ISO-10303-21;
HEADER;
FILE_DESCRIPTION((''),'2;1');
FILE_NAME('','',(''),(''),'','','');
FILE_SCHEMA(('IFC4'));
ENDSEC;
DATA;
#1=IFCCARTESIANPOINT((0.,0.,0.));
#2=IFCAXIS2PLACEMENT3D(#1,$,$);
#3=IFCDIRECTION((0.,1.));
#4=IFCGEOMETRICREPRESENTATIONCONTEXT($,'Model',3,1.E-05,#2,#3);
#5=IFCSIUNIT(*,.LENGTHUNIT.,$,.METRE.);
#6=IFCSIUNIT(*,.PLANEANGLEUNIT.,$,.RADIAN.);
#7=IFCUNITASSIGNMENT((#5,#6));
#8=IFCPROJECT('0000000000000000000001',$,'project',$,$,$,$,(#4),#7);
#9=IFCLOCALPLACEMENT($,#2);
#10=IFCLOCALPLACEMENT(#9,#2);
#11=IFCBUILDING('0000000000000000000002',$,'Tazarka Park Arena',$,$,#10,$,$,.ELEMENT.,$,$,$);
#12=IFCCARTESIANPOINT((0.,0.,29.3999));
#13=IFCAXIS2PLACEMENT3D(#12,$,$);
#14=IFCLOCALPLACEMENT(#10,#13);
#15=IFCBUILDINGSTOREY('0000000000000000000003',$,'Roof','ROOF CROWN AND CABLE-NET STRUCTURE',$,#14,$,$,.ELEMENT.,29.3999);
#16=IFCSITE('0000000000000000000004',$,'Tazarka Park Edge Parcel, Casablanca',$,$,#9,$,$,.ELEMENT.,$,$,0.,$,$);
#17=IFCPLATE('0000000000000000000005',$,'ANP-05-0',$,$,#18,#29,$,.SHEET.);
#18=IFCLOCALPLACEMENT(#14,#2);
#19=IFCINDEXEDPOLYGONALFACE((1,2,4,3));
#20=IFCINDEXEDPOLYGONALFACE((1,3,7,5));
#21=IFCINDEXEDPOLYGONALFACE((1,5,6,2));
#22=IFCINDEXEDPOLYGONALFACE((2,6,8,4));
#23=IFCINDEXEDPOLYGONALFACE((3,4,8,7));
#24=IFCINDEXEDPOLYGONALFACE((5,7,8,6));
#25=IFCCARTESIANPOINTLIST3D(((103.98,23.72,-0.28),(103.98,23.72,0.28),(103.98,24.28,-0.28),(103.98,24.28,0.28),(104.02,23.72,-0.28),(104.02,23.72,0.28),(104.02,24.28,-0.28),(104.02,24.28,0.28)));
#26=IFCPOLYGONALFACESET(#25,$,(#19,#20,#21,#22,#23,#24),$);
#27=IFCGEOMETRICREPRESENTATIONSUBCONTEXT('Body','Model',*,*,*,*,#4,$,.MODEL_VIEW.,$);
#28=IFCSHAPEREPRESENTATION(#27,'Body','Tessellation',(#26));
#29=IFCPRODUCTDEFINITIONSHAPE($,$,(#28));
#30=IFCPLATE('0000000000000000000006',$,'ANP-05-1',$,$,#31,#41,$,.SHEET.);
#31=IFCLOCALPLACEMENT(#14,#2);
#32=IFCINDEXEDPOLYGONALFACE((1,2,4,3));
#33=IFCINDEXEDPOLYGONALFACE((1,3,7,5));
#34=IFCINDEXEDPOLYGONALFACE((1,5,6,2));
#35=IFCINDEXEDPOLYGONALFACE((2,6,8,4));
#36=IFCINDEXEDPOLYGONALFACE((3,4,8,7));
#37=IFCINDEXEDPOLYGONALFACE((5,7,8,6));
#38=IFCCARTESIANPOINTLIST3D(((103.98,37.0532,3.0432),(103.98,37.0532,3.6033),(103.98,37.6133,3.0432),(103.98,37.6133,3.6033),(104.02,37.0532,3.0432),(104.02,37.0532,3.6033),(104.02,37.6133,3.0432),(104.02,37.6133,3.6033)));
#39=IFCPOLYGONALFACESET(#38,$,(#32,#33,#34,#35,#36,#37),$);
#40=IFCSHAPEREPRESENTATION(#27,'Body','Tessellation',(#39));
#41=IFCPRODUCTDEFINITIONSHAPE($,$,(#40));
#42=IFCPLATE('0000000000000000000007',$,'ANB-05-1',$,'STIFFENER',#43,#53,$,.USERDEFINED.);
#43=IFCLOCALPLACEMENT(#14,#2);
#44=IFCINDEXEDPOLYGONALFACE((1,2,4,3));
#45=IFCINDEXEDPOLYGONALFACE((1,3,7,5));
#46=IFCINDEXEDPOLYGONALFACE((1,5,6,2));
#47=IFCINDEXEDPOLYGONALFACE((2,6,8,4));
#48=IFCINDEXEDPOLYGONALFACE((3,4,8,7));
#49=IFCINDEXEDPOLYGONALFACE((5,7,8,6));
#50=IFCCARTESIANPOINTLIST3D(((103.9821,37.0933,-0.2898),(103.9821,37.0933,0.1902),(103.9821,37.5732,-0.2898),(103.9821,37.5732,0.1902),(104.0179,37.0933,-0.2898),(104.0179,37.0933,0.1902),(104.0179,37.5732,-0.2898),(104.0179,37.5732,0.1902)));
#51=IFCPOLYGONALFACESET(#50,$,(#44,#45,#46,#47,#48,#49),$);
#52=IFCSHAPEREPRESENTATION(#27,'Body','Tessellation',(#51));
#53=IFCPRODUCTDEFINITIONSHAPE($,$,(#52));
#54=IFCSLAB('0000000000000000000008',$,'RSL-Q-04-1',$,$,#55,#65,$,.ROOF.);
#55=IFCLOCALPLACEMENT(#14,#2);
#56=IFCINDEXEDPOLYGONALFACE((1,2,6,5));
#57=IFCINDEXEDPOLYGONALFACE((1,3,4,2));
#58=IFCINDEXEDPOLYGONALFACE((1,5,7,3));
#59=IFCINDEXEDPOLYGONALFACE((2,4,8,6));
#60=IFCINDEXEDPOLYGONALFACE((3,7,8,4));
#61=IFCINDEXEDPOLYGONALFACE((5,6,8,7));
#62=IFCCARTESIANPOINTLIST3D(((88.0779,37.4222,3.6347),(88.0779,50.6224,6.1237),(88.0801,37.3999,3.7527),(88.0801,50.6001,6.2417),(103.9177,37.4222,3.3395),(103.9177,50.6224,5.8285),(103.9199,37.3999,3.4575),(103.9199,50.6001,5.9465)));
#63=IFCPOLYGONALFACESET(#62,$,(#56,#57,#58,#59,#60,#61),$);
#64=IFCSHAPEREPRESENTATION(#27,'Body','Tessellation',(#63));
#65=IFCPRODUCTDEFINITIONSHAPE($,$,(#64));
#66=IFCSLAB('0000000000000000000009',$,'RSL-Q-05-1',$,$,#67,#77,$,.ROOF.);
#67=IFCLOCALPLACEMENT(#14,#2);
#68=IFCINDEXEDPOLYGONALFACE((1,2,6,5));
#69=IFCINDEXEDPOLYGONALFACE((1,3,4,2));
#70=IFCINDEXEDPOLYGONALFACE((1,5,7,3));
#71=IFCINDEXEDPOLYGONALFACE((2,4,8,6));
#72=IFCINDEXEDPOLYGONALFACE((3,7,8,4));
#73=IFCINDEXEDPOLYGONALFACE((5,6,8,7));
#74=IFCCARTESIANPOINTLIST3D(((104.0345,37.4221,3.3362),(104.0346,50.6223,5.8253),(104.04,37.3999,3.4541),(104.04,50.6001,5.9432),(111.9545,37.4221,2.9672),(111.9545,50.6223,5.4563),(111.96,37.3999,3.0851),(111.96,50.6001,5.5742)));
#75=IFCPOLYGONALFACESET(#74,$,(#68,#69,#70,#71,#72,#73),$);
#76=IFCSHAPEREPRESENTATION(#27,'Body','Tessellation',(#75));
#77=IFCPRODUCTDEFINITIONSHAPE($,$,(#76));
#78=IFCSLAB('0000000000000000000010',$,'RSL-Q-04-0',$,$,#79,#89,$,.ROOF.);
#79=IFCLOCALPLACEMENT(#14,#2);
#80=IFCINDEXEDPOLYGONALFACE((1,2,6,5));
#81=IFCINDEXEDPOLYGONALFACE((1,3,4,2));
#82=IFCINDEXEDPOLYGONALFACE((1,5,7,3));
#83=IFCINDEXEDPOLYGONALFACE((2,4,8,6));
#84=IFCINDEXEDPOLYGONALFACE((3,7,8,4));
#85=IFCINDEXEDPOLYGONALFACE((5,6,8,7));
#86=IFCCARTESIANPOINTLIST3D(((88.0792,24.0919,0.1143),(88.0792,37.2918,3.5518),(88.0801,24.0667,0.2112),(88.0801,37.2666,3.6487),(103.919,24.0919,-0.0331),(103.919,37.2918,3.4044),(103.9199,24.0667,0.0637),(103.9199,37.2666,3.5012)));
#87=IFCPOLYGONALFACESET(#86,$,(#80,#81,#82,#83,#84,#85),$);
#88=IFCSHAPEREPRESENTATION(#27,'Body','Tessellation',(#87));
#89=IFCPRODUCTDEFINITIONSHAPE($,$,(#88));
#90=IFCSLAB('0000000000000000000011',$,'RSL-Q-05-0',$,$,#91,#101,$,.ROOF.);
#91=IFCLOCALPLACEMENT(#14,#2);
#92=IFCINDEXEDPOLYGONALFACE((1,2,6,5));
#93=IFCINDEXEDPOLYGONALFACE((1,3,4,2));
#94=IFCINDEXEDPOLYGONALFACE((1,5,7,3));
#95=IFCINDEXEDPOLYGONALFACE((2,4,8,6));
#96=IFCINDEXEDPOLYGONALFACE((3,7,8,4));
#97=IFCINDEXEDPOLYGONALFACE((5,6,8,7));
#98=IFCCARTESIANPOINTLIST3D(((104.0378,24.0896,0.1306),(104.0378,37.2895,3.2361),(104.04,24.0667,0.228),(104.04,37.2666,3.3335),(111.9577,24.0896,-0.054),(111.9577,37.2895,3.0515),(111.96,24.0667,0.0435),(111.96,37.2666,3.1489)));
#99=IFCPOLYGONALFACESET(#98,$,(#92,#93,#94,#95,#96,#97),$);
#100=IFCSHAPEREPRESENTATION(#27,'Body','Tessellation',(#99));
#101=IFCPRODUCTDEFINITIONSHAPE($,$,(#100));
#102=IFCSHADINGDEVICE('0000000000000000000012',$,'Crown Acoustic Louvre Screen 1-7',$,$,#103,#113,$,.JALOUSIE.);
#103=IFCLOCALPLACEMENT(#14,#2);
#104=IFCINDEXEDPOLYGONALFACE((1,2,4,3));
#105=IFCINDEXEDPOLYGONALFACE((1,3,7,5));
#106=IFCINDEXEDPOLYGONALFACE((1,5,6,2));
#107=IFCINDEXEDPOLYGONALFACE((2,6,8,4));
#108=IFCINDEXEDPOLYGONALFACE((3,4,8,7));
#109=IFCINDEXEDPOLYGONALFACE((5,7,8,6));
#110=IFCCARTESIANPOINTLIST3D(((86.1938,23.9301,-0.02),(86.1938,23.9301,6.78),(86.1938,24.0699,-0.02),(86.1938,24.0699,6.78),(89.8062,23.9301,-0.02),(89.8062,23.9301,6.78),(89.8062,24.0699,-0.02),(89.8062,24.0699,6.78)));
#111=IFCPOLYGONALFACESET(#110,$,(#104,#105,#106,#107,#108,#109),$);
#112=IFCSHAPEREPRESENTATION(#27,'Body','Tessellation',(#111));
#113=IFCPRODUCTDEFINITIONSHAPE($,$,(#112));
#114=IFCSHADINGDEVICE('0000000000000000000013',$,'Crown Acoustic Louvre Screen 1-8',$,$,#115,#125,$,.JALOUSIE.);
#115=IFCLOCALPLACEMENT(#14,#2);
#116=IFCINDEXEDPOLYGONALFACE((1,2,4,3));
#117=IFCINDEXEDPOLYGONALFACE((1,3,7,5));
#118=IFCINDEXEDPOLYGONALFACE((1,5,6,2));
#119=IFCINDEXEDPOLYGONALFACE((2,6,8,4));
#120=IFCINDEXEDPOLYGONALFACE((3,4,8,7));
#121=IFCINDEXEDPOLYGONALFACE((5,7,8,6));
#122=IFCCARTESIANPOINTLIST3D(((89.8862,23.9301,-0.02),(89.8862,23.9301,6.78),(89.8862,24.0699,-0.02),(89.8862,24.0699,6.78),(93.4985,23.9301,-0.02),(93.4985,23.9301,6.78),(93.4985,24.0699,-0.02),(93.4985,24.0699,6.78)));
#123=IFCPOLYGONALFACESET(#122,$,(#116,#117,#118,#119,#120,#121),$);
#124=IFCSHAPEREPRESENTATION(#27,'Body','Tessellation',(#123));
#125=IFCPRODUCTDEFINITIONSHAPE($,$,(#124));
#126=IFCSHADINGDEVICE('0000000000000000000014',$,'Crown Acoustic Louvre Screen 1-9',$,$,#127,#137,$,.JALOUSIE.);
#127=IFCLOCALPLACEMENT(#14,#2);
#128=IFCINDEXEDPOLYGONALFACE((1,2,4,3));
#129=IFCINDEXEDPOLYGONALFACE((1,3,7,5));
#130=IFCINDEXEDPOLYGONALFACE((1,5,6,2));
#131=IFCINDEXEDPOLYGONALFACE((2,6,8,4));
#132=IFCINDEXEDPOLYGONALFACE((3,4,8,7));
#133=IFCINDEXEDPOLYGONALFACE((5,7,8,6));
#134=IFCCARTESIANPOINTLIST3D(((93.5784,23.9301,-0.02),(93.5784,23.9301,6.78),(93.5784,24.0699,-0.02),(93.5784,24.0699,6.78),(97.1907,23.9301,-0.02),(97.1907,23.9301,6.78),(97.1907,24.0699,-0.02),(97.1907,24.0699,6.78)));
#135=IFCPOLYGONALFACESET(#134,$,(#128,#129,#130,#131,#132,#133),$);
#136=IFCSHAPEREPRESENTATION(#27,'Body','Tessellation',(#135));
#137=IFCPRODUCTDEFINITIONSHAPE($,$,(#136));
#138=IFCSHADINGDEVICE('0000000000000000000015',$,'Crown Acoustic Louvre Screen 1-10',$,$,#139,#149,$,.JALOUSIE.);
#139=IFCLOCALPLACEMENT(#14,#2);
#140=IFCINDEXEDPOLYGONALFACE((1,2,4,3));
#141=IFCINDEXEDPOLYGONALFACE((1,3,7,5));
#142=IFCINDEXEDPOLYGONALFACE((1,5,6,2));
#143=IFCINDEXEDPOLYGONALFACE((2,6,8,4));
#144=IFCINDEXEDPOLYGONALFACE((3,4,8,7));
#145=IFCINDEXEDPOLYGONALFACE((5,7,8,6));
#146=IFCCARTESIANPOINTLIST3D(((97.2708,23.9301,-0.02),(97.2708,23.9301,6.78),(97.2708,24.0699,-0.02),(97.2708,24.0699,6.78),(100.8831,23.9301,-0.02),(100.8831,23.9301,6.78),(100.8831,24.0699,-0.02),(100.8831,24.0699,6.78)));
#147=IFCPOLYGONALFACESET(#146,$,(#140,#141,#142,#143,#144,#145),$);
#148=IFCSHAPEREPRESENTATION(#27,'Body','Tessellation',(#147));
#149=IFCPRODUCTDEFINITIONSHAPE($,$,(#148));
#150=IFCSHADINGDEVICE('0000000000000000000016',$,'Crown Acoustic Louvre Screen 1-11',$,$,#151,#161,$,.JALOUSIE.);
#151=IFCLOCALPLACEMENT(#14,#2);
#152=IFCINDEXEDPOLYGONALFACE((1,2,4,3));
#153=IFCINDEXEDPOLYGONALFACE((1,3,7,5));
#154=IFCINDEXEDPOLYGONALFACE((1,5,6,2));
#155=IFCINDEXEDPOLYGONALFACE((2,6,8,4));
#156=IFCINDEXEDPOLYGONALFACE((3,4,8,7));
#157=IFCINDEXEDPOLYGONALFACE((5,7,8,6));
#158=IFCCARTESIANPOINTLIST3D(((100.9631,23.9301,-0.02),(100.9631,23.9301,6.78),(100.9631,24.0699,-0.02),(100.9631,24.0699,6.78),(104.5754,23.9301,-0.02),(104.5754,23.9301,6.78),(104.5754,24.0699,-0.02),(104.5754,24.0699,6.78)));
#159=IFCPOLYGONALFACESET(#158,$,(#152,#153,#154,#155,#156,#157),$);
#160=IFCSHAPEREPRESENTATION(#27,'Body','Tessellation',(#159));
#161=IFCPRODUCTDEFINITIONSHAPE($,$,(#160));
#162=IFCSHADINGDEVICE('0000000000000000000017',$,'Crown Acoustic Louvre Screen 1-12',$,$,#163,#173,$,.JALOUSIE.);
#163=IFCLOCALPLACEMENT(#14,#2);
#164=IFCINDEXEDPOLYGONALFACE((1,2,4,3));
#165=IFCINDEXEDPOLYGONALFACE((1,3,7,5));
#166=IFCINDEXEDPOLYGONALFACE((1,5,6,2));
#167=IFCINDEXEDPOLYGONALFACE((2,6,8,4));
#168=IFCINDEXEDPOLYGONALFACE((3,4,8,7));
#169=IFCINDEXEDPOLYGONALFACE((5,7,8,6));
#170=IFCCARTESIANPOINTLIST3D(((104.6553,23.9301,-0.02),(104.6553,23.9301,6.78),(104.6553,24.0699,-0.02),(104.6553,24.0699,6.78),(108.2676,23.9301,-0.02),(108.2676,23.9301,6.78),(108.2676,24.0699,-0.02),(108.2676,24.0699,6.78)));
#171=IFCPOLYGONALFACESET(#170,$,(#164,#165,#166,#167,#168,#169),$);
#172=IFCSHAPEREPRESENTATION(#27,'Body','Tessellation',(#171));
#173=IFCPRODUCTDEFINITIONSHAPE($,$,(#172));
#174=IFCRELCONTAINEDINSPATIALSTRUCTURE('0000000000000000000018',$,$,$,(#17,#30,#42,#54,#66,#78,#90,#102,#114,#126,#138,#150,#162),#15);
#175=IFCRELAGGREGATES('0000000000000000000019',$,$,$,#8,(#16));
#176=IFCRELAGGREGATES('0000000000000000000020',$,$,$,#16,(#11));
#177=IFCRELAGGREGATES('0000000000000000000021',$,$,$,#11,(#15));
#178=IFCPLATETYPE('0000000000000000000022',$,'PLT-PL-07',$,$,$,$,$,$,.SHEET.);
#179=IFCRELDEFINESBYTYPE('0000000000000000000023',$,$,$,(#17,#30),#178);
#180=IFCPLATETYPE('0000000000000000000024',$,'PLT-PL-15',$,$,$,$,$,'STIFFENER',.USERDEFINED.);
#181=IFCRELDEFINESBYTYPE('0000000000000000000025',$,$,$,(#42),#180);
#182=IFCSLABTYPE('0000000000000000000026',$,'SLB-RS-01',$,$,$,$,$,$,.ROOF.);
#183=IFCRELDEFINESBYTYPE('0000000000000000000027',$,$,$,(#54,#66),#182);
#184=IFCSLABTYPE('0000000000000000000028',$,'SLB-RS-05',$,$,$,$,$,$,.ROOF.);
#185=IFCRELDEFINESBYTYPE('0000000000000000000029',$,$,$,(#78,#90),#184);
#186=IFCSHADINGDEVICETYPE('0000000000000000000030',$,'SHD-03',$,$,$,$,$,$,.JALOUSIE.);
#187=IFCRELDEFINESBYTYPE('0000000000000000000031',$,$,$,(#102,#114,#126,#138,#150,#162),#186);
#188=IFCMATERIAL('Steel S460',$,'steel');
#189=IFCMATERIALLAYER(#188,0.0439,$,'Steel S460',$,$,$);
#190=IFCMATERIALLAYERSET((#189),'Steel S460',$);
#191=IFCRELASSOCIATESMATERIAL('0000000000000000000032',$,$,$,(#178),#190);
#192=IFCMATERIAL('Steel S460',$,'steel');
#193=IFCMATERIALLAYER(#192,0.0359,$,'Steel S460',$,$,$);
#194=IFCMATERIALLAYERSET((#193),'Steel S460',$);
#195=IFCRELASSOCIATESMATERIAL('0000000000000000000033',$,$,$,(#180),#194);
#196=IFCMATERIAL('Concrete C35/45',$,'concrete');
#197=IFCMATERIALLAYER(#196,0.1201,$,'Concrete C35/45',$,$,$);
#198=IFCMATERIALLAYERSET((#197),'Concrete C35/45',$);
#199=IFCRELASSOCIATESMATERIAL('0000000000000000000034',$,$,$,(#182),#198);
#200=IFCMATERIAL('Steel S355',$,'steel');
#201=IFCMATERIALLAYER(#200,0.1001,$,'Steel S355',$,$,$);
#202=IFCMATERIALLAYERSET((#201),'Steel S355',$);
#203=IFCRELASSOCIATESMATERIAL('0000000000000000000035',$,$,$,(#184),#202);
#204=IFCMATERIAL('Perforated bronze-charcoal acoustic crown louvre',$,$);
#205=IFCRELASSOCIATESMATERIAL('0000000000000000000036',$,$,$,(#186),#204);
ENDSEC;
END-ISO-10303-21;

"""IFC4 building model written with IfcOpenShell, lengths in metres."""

from ifc_helpers import new_model, si_unit, direction, frame, origin, origin_2d, place, context, subcontext, project, spatial, polyline, rectangle, outline, extrude, material, layer, layer_set, type_object, element, save


model = new_model("IFC4")

# Units and contexts
model_context = context("Model", 3, precision=1e-05, world=origin(), true_north=direction((0.0, 1.0)))
body_context = subcontext(model_context, "Body", "Model", "MODEL_VIEW")
ifc_project = project(units=[si_unit("LENGTHUNIT", "METRE"), si_unit("PLANEANGLEUNIT", "RADIAN")], contexts=[model_context])

# Site, building, storey
site_placement = place(None, origin())
site = spatial("IfcSite", under=ifc_project, at=site_placement, Name="Tazarka Park Edge Parcel, Casablanca", CompositionType="ELEMENT", RefElevation=0.0)
building_placement = place(site_placement, origin())
building = spatial("IfcBuilding", under=site, at=building_placement, Name="Tazarka Park Arena", CompositionType="ELEMENT")
storey_placement = place(building_placement, frame((0.0, 0.0, 29.3999)))
storey = spatial("IfcBuildingStorey", under=building, at=storey_placement, Name="Roof", Description="ROOF CROWN AND CABLE-NET STRUCTURE", CompositionType="ELEMENT", Elevation=29.3999)

# Plates
ifc_material_1 = material(Name="Steel S460", Category="steel")
ifc_layer_1 = layer(ifc_material_1, 0.0439, Name="Steel S460")
ifc_layer_set_1 = layer_set([ifc_layer_1], Name="Steel S460")
plate_type_1 = type_object("IfcPlateType", Name="PLT-PL-07", PredefinedType="SHEET", material=ifc_layer_set_1)
for number, where, z_axis, x_axis, name in (
    (1, (104.0, 24.0, -0.28), (0.0, 0.0, 1.0), (1.0, 0.0, 0.0), "ANP-05-0"),
    (2, (104.0, 37.3333, 3.0432), (0.0, 0.0, 1.0), (1.0, 0.0, 0.0), "ANP-05-1"),
):
    element("IfcPlate", number, at=place(storey_placement, frame(where, z_axis=z_axis, x_axis=x_axis)), inside=storey, type_object=plate_type_1, Name=name, PredefinedType="SHEET", context=body_context, shape_type="SweptSolid", body=[
        extrude(rectangle(XDim=0.04, YDim=0.5601, at=origin_2d()), origin(), (0.0, 0.0, 1.0), 0.5601),
    ])
ifc_material_2 = material(Name="Steel S460", Category="steel")
ifc_layer_2 = layer(ifc_material_2, 0.0359, Name="Steel S460")
ifc_layer_set_2 = layer_set([ifc_layer_2], Name="Steel S460")
plate_type_2 = type_object("IfcPlateType", Name="PLT-PL-15", ElementType="STIFFENER", PredefinedType="USERDEFINED", material=ifc_layer_set_2)
plate_placement = place(storey_placement, frame((104.0, 37.3333, -0.2898), z_axis=(0.0, 0.0, 1.0), x_axis=(1.0, 0.0, 0.0)))
element("IfcPlate", 3, at=plate_placement, inside=storey, type_object=plate_type_2, Name="ANB-05-1", ObjectType="STIFFENER", PredefinedType="USERDEFINED", context=body_context, shape_type="SweptSolid", body=[
    extrude(rectangle(XDim=0.0359, YDim=0.48, at=origin_2d()), origin(), (0.0, 0.0, 1.0), 0.48),
])

# Slabs
ifc_material_3 = material(Name="Concrete C35/45", Category="concrete")
ifc_layer_3 = layer(ifc_material_3, 0.1201, Name="Concrete C35/45")
ifc_layer_set_3 = layer_set([ifc_layer_3], Name="Concrete C35/45")
slab_type_1 = type_object("IfcSlabType", Name="SLB-RS-01", PredefinedType="ROOF", material=ifc_layer_set_3)
slab_1_placement = place(storey_placement, frame((88.0801, 37.3999, 3.7527), z_axis=(0.018309, -0.185263, 0.982518), x_axis=(0.999826, 0.0, -0.018631)))
element("IfcSlab", 4, at=slab_1_placement, inside=storey, type_object=slab_type_1, Name="RSL-Q-04-1", PredefinedType="ROOF", context=body_context, shape_type="SweptSolid", body=[
    extrude(outline(polyline([(0.0, 0.0), (15.8426, 0.0), (15.7962, 13.4327), (-0.0464, 13.4327), (0.0, 0.0)])), origin(), (0.0, 0.0, -1.0), 0.1201),
])
slab_2_placement = place(storey_placement, frame((104.04, 37.3999, 3.4541), z_axis=(0.045739, -0.185108, 0.981653), x_axis=(0.998916, -0.000003, -0.046544)))
element("IfcSlab", 5, at=slab_2_placement, inside=storey, type_object=slab_type_1, Name="RSL-Q-05-1", PredefinedType="ROOF", context=body_context, shape_type="SweptSolid", body=[
    extrude(outline(polyline([(0.0, 0.0), (7.9285, 0.0), (7.8126, 13.4324), (-0.1159, 13.4323), (0.0, 0.0)])), origin(), (0.0, 0.0, -1.0), 0.1201),
])
ifc_material_4 = material(Name="Steel S355", Category="steel")
ifc_layer_4 = layer(ifc_material_4, 0.1001, Name="Steel S355")
ifc_layer_set_4 = layer_set([ifc_layer_4], Name="Steel S355")
slab_type_2 = type_object("IfcSlabType", Name="SLB-RS-05", PredefinedType="ROOF", material=ifc_layer_set_4)
slab_3_placement = place(storey_placement, frame((88.0801, 24.0667, 0.2112), z_axis=(0.009009, -0.252002, 0.967685), x_axis=(0.999957, 0.0, -0.009309)))
element("IfcSlab", 6, at=slab_3_placement, inside=storey, type_object=slab_type_2, Name="RSL-Q-04-0", PredefinedType="ROOF", context=body_context, shape_type="SweptSolid", body=[
    extrude(outline(polyline([(0.0, 0.0), (15.8405, 0.0), (15.8085, 13.6402), (-0.032, 13.6402), (0.0, 0.0)])), origin(), (0.0, 0.0, -1.0), 0.1001),
])
slab_4_placement = place(storey_placement, frame((104.04, 24.0667, 0.228), z_axis=(0.022679, -0.228952, 0.973173), x_axis=(0.999729, 0.0, -0.023298)))
element("IfcSlab", 7, at=slab_4_placement, inside=storey, type_object=slab_type_2, Name="RSL-Q-05-0", PredefinedType="ROOF", context=body_context, shape_type="SweptSolid", body=[
    extrude(outline(polyline([(0.0, 0.0), (7.9221, 0.0), (7.8497, 13.5601), (-0.0724, 13.5601), (0.0, 0.0)])), origin(), (0.0, 0.0, -1.0), 0.1001),
])

# Shading devices
ifc_material_5 = material(Name="Perforated bronze-charcoal acoustic crown louvre")
shading_device_type = type_object("IfcShadingDeviceType", Name="SHD-03", PredefinedType="JALOUSIE", material=ifc_material_5)
for number, where, z_axis, x_axis, name in (
    (8, (88.0, 24.0, -0.02), (0.0, 0.0, 1.0), (1.0, 0.0, 0.0), "Crown Acoustic Louvre Screen 1-7"),
    (9, (91.6924, 24.0, -0.02), (0.0, 0.0, 1.0), (1.0, 0.0, 0.0), "Crown Acoustic Louvre Screen 1-8"),
    (10, (95.3845, 24.0, -0.02), (0.0, 0.0, 1.0), (1.0, 0.0, 0.0), "Crown Acoustic Louvre Screen 1-9"),
    (11, (99.0769, 24.0, -0.02), (0.0, 0.0, 1.0), (1.0, 0.0, 0.0), "Crown Acoustic Louvre Screen 1-10"),
    (12, (102.7693, 24.0, -0.02), (0.0, 0.0, 1.0), (1.0, 0.0, 0.0), "Crown Acoustic Louvre Screen 1-11"),
    (13, (106.4614, 24.0, -0.02), (0.0, 0.0, 1.0), (1.0, 0.0, 0.0), "Crown Acoustic Louvre Screen 1-12"),
):
    element("IfcShadingDevice", number, at=place(storey_placement, frame(where, z_axis=z_axis, x_axis=x_axis)), inside=storey, type_object=shading_device_type, Name=name, PredefinedType="JALOUSIE", context=body_context, shape_type="SweptSolid", body=[
        extrude(rectangle(XDim=3.6123, YDim=0.1399, at=origin_2d()), origin(), (0.0, 0.0, 1.0), 6.8),
    ])

save(model, "model.ifc")
